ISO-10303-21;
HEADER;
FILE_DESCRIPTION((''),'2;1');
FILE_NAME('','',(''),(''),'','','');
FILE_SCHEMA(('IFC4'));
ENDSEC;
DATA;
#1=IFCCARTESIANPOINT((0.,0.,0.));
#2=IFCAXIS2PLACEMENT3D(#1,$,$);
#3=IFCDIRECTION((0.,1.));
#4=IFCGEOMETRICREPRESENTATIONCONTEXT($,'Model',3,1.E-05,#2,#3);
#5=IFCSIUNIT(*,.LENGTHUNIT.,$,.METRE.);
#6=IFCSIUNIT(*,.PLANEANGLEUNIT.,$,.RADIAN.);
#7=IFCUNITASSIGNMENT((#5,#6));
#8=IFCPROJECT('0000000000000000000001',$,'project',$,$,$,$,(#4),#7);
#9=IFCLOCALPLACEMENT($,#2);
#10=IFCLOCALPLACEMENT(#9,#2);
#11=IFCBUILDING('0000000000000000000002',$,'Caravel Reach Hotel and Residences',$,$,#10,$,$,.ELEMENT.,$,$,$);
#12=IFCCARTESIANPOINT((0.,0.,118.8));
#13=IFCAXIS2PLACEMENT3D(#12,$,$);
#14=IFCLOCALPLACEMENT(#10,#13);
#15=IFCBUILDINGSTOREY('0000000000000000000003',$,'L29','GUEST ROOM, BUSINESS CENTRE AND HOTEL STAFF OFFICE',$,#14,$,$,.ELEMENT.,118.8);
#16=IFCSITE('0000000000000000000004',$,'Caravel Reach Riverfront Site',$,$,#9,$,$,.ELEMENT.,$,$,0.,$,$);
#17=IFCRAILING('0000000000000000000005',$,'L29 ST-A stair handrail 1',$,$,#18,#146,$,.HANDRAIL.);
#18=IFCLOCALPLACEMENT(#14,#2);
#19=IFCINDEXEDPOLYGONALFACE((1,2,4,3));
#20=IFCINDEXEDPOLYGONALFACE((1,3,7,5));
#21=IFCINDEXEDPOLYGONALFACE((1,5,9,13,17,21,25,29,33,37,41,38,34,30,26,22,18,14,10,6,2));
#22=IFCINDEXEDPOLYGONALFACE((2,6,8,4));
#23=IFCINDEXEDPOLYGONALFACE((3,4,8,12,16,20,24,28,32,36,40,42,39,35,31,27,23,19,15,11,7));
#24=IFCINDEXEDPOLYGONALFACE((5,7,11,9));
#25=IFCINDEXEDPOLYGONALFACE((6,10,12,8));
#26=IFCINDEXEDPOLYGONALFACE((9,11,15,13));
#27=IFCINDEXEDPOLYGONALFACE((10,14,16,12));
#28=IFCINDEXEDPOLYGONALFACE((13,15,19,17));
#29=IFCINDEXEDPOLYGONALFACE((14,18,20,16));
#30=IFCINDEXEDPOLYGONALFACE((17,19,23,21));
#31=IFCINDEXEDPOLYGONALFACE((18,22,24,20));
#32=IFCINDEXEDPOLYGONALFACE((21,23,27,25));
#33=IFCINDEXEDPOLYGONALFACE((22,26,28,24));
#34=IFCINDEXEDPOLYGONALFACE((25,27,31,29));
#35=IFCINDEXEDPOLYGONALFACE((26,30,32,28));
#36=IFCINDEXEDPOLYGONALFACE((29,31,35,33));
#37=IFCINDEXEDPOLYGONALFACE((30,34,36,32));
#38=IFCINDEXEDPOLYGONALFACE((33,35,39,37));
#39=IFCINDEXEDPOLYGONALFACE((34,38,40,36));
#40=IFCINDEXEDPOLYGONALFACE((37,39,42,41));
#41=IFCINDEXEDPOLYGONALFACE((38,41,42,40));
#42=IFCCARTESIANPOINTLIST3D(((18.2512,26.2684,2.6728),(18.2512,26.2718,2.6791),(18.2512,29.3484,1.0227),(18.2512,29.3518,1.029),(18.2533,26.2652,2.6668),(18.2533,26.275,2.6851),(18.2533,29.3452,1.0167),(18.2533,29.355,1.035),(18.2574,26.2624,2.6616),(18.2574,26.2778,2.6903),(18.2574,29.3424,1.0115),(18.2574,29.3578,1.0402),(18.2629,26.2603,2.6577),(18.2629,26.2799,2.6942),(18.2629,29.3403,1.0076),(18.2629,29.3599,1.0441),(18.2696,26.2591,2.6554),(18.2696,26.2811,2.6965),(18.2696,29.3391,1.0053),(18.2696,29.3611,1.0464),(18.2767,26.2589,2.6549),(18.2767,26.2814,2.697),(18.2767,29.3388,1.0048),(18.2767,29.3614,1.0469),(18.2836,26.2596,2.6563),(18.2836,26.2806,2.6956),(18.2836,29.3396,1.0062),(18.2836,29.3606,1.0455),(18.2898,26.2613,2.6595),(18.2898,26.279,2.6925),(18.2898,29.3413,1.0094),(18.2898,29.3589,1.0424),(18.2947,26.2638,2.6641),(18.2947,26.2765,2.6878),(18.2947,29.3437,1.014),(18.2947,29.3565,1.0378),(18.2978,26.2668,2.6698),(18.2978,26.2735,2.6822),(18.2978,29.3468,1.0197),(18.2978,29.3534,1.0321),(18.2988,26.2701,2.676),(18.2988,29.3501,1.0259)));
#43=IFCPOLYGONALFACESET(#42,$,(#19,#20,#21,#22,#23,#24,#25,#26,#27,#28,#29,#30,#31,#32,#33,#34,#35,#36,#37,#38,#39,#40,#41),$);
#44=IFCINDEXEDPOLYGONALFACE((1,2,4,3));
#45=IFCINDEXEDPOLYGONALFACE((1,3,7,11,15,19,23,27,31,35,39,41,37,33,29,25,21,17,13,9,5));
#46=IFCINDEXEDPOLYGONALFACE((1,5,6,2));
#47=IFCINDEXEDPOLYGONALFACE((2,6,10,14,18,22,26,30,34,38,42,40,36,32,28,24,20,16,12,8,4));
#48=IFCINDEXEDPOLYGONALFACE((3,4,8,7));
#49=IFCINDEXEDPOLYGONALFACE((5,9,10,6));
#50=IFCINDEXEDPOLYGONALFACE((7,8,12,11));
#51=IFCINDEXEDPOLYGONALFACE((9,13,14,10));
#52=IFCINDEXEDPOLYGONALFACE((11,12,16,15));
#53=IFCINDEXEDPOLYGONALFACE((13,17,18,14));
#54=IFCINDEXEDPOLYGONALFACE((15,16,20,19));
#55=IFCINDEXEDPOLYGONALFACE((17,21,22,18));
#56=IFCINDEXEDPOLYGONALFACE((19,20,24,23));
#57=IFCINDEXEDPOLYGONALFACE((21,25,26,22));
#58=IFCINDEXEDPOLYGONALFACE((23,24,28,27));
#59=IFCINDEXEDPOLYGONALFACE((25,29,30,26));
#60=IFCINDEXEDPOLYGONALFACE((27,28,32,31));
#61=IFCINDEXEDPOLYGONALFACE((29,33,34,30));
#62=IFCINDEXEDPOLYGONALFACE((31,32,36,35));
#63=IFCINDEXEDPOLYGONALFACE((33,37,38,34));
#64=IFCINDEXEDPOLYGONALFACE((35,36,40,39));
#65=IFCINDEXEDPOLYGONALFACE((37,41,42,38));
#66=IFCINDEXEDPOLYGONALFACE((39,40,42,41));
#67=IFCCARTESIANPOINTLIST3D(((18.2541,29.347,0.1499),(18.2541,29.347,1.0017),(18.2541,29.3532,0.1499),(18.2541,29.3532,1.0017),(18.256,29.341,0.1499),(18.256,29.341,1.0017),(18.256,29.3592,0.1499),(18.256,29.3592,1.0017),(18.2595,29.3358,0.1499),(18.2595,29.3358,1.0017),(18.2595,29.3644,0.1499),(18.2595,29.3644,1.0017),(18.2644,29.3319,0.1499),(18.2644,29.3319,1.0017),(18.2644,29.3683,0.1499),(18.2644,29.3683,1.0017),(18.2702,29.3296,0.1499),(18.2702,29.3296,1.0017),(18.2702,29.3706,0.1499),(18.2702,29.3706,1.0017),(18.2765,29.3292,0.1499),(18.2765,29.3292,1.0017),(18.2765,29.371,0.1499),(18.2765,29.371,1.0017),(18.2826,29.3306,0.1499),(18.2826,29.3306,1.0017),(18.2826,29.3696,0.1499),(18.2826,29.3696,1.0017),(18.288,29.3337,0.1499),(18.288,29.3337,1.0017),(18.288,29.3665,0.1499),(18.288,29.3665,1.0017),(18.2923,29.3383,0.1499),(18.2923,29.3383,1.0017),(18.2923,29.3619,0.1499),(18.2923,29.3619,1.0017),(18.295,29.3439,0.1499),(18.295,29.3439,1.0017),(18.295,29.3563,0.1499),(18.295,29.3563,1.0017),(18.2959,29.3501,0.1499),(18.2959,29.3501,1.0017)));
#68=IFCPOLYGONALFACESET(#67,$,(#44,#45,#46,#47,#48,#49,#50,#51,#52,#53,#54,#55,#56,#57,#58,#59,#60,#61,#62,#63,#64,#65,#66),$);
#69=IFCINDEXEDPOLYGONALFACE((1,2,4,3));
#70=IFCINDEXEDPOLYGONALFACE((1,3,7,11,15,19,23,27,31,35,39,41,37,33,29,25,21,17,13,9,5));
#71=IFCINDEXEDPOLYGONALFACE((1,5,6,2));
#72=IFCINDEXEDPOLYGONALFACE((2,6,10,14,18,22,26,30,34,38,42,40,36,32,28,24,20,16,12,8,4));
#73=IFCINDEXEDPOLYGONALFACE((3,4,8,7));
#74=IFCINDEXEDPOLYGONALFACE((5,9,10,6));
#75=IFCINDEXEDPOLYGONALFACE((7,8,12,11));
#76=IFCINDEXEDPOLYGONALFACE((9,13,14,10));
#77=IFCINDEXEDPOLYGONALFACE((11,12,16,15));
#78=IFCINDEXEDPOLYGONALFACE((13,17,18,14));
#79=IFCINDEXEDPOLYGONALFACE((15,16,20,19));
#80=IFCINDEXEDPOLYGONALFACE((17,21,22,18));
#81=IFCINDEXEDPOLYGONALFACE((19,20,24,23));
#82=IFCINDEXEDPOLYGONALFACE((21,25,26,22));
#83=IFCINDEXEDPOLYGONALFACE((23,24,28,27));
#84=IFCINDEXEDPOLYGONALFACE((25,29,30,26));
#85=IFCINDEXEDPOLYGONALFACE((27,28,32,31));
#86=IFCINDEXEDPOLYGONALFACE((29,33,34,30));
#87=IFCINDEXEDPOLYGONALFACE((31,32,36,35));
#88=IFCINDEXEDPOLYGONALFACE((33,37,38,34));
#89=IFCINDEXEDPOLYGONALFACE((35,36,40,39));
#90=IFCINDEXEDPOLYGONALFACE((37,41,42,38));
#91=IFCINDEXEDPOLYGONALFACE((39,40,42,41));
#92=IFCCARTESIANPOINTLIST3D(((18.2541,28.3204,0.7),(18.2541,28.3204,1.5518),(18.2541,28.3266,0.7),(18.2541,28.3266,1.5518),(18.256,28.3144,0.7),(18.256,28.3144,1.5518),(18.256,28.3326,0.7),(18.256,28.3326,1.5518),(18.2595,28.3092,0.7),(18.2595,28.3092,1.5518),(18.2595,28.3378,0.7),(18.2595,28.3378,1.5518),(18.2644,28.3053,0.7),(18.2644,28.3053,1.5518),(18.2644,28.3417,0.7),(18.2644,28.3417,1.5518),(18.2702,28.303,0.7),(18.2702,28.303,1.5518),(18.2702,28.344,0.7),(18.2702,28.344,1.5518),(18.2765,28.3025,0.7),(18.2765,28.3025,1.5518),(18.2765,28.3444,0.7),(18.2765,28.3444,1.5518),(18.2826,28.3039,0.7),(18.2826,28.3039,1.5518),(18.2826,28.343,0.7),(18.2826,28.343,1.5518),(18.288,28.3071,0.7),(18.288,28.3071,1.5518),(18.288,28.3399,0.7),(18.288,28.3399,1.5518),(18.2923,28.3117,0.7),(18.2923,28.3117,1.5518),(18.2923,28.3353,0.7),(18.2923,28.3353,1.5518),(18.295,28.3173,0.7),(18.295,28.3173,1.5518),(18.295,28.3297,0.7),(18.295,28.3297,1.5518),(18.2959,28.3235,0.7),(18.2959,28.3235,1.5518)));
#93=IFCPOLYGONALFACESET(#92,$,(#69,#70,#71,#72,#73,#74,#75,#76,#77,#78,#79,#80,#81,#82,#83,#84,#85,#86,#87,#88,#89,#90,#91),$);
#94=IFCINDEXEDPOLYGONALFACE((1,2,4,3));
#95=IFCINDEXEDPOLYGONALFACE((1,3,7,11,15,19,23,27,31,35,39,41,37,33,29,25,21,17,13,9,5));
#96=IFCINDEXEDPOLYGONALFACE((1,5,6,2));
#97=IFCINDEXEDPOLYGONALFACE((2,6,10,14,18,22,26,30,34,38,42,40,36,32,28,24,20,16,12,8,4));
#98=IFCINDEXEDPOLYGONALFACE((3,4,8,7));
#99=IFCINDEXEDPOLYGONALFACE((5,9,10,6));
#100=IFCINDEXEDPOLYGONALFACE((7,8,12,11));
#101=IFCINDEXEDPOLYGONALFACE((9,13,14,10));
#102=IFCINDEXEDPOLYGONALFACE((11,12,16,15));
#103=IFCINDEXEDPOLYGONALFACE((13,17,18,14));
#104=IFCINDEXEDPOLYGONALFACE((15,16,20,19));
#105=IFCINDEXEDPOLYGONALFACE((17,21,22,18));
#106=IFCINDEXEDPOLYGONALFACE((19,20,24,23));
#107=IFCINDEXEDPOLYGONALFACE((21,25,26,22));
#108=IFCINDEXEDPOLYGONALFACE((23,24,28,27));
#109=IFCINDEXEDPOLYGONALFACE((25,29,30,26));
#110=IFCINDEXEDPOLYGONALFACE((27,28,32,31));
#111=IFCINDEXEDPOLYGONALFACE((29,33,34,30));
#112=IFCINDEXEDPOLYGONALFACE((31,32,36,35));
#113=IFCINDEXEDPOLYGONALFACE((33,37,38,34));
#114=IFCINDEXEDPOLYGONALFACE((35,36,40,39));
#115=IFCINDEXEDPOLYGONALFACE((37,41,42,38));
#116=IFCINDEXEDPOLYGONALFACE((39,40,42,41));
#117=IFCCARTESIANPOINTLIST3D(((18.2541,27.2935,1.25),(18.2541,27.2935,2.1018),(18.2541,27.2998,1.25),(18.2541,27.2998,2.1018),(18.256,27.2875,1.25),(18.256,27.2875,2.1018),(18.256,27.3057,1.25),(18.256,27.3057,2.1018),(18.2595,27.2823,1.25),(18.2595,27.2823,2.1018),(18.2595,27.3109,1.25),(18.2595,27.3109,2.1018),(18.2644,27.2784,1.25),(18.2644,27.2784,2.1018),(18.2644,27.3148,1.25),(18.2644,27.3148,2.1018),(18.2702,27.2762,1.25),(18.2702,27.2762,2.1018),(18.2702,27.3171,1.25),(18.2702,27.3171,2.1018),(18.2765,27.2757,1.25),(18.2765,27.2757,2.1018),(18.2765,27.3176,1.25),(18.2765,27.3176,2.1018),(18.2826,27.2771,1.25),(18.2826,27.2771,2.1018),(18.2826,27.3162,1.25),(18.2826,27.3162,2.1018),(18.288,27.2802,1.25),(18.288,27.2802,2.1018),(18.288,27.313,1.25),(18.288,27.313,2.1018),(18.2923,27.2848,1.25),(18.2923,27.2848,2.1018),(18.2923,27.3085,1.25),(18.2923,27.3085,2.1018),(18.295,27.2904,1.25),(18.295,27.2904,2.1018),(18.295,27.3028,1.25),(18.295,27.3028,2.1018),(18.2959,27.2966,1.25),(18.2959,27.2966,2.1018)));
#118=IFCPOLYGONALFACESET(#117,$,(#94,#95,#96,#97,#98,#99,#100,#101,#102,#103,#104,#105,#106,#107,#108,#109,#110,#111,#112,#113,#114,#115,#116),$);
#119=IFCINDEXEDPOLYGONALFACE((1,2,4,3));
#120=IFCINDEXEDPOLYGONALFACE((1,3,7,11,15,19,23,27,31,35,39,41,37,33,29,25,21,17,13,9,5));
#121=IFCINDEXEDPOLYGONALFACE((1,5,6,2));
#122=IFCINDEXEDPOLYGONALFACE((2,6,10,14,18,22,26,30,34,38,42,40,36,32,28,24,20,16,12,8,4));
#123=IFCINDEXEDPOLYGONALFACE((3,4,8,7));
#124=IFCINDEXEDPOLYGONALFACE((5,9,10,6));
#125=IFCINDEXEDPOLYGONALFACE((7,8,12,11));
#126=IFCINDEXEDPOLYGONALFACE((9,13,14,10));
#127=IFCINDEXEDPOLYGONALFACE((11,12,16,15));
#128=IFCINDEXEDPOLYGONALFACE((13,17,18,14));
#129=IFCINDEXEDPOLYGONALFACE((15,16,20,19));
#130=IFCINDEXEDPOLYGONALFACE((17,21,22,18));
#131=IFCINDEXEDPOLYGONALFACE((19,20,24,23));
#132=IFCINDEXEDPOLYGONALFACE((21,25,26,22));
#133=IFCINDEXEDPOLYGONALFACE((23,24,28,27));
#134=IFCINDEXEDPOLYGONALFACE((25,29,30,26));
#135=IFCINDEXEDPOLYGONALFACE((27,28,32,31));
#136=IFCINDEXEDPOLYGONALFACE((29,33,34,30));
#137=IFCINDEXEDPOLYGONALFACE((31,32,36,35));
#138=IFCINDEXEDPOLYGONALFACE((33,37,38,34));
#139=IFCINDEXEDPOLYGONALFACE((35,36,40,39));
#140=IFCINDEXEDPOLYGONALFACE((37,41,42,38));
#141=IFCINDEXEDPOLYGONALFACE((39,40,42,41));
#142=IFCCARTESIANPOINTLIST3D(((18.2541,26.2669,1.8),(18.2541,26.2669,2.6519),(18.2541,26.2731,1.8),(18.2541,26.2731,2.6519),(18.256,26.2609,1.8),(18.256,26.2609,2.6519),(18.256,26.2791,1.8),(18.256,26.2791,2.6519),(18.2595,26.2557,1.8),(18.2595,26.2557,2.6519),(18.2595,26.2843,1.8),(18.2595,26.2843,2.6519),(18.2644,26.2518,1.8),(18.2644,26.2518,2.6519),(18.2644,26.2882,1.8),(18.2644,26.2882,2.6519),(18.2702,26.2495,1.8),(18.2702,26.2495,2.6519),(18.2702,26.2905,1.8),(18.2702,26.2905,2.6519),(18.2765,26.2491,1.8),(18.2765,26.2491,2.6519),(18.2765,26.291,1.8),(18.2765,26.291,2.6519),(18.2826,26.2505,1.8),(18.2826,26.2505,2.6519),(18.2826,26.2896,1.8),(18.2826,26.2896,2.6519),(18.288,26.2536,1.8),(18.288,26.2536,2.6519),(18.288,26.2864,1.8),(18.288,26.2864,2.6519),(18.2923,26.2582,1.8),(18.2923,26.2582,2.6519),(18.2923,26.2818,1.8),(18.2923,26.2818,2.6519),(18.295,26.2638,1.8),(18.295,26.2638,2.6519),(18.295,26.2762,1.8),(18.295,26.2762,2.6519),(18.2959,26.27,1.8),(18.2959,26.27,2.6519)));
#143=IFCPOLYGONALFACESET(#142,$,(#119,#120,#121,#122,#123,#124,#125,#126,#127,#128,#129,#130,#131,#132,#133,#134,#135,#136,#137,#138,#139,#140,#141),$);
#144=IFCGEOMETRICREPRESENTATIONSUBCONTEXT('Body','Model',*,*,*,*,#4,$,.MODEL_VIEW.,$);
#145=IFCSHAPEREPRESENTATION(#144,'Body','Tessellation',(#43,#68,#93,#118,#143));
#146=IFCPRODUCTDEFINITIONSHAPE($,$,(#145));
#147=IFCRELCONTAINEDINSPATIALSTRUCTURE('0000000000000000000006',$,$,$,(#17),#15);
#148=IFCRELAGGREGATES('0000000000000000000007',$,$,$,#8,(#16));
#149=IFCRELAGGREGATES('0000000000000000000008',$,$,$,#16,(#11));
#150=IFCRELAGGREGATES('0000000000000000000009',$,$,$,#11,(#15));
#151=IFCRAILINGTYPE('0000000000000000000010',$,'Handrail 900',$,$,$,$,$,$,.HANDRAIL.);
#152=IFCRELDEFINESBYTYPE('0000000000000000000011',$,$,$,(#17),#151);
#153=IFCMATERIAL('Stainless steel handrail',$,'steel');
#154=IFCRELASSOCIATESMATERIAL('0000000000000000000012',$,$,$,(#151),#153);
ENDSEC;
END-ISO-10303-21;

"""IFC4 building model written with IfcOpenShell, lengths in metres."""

from ifc_helpers import new_model, si_unit, direction, frame, origin, origin_2d, place, context, subcontext, project, spatial, circle, extrude, material, type_object, element, save


model = new_model("IFC4")

# Units and contexts
model_context = context("Model", 3, precision=1e-05, world=origin(), true_north=direction((0.0, 1.0)))
body_context = subcontext(model_context, "Body", "Model", "MODEL_VIEW")
ifc_project = project(units=[si_unit("LENGTHUNIT", "METRE"), si_unit("PLANEANGLEUNIT", "RADIAN")], contexts=[model_context])

# Site, building, storey
site_placement = place(None, origin())
site = spatial("IfcSite", under=ifc_project, at=site_placement, Name="Caravel Reach Riverfront Site", CompositionType="ELEMENT", RefElevation=0.0)
building_placement = place(site_placement, origin())
building = spatial("IfcBuilding", under=site, at=building_placement, Name="Caravel Reach Hotel and Residences", CompositionType="ELEMENT")
storey_placement = place(building_placement, frame((0.0, 0.0, 118.8)))
storey = spatial("IfcBuildingStorey", under=building, at=storey_placement, Name="L29", Description="GUEST ROOM, BUSINESS CENTRE AND HOTEL STAFF OFFICE", CompositionType="ELEMENT", Elevation=118.8)

# Railing
ifc_material_1 = material(Name="Stainless steel handrail", Category="steel")
railing_type_1 = type_object("IfcRailingType", Name="Handrail 900", PredefinedType="HANDRAIL", material=ifc_material_1)
railing_1_placement = place(storey_placement, frame((18.2749, 29.3501, 0.1499)))
element("IfcRailing", 1, at=railing_1_placement, inside=storey, type_object=railing_type_1, Name="L29 ST-A stair handrail 1", PredefinedType="HANDRAIL", context=body_context, shape_type="SweptSolid", body=[
    extrude(circle(Radius=0.0239, at=origin_2d()), frame((0.0, 0.0, 0.876), z_axis=(0.0, -0.881468, 0.472245), x_axis=(1.0, 0.0, 0.0)), (0.0, 0.0, 1.0), 3.4941),
    extrude(circle(Radius=0.021, at=origin_2d()), origin(), (0.0, 0.0, 1.0), 0.8518),
    extrude(circle(Radius=0.021, at=origin_2d()), frame((0.0, -1.0266, 0.55)), (0.0, 0.0, 1.0), 0.8518),
    extrude(circle(Radius=0.021, at=origin_2d()), frame((0.0, -2.0535, 1.1001)), (0.0, 0.0, 1.0), 0.8518),
    extrude(circle(Radius=0.021, at=origin_2d()), frame((0.0, -3.0801, 1.6501)), (0.0, 0.0, 1.0), 0.8518),
])

save(model, "model.ifc")
